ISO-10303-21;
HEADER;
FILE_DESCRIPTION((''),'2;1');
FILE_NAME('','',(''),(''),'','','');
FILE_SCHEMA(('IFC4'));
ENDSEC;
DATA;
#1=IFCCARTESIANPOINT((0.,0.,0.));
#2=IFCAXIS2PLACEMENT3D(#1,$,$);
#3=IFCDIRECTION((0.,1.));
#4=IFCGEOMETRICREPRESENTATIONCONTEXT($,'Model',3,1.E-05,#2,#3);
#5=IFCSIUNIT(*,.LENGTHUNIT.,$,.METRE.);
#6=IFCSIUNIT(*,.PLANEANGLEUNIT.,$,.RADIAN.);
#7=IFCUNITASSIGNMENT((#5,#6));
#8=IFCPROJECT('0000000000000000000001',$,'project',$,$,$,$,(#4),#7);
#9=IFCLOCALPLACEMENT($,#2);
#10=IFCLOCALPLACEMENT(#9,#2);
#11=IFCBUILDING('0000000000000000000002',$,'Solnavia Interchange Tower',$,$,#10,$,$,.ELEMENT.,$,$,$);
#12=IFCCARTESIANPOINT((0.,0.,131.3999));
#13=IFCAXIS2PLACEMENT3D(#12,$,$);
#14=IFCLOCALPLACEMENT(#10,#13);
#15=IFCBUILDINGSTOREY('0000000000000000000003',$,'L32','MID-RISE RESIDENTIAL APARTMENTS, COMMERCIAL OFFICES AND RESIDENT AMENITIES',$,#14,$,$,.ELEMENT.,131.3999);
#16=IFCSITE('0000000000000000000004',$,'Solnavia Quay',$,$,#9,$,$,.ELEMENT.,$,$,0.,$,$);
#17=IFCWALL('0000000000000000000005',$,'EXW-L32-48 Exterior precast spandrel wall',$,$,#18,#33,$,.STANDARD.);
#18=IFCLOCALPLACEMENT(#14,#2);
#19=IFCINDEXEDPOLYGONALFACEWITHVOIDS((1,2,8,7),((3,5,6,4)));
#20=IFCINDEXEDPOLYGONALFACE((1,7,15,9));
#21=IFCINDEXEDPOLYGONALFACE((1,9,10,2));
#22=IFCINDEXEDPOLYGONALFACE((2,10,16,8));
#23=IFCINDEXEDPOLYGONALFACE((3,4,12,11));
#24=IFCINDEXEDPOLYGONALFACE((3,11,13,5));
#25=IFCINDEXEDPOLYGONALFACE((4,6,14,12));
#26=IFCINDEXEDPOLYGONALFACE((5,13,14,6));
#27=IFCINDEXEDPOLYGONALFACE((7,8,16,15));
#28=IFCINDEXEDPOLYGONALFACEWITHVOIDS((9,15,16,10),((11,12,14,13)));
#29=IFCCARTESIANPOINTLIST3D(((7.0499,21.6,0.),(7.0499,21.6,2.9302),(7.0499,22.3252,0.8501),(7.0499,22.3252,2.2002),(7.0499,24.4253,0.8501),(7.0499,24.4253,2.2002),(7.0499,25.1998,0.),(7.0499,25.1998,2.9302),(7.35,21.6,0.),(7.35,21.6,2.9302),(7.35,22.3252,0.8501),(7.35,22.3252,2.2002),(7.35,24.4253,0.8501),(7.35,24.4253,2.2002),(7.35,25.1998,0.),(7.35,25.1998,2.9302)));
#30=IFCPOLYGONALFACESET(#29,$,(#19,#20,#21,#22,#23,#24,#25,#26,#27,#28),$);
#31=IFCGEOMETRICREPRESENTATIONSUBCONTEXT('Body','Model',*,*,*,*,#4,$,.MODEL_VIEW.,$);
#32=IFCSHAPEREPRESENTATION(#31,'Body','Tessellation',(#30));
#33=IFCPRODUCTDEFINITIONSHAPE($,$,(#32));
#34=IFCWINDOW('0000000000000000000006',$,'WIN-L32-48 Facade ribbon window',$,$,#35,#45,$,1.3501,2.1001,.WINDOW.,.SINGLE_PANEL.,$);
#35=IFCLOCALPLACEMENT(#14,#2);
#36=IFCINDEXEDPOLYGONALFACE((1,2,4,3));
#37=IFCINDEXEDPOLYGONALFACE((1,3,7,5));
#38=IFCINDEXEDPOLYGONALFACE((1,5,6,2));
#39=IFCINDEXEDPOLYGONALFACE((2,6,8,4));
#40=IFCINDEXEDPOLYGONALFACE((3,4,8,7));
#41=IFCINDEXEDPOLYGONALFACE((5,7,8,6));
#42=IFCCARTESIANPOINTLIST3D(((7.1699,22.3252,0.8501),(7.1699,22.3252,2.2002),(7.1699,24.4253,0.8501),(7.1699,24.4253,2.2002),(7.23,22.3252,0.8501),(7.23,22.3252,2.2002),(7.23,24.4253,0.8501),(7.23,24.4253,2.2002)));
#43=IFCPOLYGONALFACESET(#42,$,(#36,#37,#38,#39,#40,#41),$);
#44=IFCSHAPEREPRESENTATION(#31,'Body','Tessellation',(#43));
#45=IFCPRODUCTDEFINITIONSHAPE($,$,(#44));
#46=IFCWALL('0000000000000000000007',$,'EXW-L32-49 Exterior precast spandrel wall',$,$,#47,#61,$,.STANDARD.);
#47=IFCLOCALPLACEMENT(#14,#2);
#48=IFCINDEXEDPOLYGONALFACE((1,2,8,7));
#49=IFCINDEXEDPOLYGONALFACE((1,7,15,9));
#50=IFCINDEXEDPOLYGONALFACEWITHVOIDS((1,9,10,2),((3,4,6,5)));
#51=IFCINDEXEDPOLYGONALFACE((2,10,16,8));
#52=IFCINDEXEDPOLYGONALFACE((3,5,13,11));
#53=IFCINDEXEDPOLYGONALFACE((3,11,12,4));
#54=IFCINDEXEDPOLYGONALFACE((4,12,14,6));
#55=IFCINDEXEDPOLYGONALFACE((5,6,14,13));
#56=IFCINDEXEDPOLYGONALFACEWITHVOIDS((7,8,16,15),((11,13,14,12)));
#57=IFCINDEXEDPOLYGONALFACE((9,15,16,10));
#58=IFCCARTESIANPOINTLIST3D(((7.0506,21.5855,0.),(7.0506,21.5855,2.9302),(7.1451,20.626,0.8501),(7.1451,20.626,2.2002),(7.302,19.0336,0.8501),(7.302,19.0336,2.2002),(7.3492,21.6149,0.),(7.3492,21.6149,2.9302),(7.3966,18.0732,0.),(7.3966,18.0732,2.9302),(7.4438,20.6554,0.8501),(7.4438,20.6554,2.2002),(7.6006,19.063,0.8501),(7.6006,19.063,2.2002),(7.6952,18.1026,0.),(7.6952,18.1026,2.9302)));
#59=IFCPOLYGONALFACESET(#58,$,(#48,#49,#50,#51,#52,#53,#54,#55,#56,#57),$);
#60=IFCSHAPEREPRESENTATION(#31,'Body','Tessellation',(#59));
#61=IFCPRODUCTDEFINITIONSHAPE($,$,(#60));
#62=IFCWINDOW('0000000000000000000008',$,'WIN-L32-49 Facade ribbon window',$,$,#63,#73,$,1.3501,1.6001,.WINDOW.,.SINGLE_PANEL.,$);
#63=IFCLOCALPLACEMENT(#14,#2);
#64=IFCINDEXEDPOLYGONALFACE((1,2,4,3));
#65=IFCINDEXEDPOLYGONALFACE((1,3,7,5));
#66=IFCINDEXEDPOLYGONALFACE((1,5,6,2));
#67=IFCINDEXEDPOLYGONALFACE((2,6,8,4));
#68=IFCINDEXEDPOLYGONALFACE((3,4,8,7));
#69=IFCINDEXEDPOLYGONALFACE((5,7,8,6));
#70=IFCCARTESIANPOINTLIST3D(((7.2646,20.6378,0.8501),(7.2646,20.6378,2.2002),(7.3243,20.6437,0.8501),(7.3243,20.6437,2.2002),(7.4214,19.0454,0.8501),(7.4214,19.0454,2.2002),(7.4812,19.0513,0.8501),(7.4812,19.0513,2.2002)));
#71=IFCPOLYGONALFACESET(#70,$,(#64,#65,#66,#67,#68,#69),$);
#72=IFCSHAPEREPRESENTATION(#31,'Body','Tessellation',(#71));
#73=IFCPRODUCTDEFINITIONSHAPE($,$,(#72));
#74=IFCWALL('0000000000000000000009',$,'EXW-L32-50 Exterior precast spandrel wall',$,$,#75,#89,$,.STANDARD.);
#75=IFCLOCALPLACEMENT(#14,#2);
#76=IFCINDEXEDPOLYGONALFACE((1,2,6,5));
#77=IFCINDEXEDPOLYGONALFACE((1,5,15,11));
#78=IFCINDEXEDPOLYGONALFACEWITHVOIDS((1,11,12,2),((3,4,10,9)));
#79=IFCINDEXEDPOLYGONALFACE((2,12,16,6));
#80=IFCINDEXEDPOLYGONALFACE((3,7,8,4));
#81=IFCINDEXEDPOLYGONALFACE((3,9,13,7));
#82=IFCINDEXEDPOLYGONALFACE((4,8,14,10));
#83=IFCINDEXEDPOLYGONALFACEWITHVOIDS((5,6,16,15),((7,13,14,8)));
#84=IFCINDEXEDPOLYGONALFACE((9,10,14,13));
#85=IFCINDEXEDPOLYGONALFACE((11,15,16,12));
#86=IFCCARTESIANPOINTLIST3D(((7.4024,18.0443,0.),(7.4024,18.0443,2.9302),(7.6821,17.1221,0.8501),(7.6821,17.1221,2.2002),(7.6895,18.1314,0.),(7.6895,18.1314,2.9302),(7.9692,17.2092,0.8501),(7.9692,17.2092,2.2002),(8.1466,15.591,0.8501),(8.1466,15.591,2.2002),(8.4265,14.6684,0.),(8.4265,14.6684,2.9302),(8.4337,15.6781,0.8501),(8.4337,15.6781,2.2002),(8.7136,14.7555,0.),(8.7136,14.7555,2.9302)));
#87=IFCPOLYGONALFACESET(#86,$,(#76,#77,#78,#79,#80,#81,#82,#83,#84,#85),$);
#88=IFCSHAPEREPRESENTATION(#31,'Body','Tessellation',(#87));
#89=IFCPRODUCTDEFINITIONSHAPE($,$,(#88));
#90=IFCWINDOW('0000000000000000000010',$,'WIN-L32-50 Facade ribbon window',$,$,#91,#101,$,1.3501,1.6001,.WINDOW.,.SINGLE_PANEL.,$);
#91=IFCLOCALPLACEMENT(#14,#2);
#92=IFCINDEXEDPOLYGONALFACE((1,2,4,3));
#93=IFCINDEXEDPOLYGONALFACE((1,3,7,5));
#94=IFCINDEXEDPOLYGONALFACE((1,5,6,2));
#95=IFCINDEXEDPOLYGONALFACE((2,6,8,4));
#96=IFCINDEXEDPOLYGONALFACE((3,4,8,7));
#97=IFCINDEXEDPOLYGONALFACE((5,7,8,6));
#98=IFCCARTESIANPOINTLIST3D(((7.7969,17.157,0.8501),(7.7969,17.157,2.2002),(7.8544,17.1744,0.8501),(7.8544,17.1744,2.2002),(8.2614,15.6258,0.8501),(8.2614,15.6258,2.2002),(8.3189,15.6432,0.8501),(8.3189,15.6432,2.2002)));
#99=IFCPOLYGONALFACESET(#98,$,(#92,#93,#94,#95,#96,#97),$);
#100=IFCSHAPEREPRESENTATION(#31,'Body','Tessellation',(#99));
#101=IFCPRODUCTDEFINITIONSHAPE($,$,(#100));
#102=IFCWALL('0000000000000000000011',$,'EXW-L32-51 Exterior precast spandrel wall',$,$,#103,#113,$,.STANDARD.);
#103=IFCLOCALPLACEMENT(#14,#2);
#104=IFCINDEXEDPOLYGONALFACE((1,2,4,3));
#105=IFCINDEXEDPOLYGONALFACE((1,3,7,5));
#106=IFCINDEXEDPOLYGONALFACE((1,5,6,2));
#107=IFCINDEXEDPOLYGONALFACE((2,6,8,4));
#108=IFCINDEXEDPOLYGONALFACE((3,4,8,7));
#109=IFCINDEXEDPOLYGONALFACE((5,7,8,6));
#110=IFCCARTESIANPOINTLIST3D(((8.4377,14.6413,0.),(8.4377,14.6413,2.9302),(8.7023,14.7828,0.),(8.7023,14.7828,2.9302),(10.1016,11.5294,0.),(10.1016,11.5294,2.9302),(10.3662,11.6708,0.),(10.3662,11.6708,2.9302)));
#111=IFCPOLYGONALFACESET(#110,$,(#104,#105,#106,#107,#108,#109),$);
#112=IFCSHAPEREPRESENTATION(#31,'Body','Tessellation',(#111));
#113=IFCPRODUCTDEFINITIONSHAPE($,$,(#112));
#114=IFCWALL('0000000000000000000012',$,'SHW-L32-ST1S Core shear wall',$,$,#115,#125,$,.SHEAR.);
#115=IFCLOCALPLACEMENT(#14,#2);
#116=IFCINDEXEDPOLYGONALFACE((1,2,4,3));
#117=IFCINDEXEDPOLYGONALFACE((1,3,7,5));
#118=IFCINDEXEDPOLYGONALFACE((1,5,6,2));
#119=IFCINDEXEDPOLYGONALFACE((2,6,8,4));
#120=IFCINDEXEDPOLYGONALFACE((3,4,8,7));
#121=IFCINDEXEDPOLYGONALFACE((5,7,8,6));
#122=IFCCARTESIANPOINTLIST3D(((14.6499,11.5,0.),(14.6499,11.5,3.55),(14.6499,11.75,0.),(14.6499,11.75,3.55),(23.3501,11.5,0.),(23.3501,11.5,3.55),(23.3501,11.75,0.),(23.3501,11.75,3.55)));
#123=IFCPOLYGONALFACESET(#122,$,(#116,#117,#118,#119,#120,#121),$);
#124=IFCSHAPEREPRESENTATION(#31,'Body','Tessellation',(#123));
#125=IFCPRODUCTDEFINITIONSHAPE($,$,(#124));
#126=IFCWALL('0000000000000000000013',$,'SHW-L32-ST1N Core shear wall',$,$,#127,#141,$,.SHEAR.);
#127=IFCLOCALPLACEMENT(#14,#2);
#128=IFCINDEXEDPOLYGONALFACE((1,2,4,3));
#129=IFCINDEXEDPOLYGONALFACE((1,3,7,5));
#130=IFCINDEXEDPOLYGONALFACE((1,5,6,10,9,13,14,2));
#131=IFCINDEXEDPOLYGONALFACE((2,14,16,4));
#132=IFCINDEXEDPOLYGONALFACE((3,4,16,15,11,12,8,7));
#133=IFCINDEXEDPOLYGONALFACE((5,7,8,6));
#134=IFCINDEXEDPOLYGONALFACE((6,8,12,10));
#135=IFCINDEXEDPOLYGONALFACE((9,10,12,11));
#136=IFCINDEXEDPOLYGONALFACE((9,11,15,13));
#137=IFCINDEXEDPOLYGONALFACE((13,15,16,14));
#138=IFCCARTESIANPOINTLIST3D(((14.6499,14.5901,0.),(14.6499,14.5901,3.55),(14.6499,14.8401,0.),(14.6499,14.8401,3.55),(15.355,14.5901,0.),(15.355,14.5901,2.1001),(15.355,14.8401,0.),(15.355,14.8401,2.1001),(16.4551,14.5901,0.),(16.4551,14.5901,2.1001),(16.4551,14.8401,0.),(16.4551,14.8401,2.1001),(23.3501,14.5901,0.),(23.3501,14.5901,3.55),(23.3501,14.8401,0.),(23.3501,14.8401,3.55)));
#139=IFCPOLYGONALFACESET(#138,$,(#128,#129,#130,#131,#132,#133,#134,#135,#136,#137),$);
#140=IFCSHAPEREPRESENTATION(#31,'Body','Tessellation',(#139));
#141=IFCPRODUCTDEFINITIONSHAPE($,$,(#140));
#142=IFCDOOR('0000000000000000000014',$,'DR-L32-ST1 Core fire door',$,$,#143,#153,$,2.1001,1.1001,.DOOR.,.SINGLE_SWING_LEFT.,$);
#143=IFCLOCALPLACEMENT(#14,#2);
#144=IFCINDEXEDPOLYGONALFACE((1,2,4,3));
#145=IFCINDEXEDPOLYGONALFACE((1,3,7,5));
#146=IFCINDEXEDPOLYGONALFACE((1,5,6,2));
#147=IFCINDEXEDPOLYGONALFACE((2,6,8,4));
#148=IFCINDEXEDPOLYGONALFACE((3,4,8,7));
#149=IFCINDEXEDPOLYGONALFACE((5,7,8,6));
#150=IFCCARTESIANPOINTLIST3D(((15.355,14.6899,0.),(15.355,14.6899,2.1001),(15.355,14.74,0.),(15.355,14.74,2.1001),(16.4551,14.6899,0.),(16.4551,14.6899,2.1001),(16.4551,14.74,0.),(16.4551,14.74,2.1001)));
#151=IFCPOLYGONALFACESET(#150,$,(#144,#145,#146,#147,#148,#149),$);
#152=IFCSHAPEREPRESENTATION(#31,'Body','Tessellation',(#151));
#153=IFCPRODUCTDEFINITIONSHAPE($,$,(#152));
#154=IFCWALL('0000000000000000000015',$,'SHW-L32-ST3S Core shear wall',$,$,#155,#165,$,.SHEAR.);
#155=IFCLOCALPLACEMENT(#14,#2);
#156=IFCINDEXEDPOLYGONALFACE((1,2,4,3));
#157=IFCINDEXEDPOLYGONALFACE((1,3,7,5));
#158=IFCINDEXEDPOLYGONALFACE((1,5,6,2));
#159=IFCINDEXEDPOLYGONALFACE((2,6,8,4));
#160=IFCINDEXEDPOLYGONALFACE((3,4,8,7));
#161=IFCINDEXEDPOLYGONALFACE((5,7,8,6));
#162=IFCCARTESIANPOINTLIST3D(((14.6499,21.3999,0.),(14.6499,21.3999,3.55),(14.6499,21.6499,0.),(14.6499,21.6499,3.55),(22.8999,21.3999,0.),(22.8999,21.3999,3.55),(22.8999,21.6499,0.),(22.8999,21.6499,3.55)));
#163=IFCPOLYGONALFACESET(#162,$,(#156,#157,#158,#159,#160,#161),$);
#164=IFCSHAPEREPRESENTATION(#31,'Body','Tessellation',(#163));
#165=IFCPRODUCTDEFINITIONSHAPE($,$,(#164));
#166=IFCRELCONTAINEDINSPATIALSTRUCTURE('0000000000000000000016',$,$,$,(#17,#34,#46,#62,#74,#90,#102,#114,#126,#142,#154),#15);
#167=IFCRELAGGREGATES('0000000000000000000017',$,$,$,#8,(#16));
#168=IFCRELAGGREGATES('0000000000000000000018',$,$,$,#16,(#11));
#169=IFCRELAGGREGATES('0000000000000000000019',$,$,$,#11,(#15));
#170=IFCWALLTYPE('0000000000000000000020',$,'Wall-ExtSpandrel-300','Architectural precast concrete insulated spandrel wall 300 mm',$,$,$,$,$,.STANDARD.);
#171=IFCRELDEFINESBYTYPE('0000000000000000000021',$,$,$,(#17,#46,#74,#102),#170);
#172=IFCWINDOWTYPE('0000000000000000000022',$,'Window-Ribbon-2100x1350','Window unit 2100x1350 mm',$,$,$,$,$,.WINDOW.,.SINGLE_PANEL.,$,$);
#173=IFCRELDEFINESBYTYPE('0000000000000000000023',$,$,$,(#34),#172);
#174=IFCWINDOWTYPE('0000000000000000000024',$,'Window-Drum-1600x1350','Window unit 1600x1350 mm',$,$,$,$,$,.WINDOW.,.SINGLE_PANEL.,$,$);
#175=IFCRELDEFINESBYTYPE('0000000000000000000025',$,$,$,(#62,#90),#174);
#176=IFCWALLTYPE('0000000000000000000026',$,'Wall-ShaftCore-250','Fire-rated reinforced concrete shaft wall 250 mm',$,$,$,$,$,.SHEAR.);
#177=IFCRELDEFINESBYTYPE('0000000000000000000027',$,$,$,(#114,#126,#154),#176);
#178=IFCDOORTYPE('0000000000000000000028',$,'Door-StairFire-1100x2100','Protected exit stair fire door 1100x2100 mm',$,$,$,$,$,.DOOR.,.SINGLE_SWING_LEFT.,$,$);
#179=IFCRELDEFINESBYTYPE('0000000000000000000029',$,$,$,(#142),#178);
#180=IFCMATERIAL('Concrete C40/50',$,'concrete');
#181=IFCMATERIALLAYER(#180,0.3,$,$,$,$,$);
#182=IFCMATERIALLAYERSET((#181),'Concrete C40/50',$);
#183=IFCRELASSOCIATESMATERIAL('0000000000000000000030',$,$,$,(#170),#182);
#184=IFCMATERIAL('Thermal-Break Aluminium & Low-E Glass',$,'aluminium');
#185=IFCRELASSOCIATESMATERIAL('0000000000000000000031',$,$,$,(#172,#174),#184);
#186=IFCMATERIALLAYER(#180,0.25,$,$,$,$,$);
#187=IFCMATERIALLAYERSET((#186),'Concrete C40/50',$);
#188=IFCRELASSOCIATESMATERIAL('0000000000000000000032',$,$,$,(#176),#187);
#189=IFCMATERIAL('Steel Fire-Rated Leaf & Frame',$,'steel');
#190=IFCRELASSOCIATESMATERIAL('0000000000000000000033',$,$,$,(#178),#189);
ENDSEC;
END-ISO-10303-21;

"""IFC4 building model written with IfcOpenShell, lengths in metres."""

from ifc_helpers import new_model, si_unit, direction, frame, frame_2d, origin, place, context, subcontext, project, spatial, rectangle, extrude, material, layer, layer_set, type_object, element, fill, save


model = new_model("IFC4")

# Units and contexts
model_context = context("Model", 3, precision=1e-05, world=origin(), true_north=direction((0.0, 1.0)))
body_context = subcontext(model_context, "Body", "Model", "MODEL_VIEW")
ifc_project = project(units=[si_unit("LENGTHUNIT", "METRE"), si_unit("PLANEANGLEUNIT", "RADIAN")], contexts=[model_context])

# Site, building, storey
site_placement = place(None, origin())
site = spatial("IfcSite", under=ifc_project, at=site_placement, Name="Solnavia Quay", CompositionType="ELEMENT", RefElevation=0.0)
building_placement = place(site_placement, origin())
building = spatial("IfcBuilding", under=site, at=building_placement, Name="Solnavia Interchange Tower", CompositionType="ELEMENT")
storey_placement = place(building_placement, frame((0.0, 0.0, 131.3999)))
storey = spatial("IfcBuildingStorey", under=building, at=storey_placement, Name="L32", Description="MID-RISE RESIDENTIAL APARTMENTS, COMMERCIAL OFFICES AND RESIDENT AMENITIES", CompositionType="ELEMENT", Elevation=131.3999)

# Walls, openings, windows
ifc_material_1 = material(Name="Concrete C40/50", Category="concrete")
ifc_layer_1 = layer(ifc_material_1, 0.3)
ifc_layer_set_1 = layer_set([ifc_layer_1], Name="Concrete C40/50")
wall_type_1 = type_object("IfcWallType", Name="Wall-ExtSpandrel-300", Description="Architectural precast concrete insulated spandrel wall 300 mm", PredefinedType="STANDARD", material=ifc_layer_set_1)
wall_1_placement = place(storey_placement, frame((7.2, 21.6001, 0.0), z_axis=(0.0, 0.0, 1.0), x_axis=(0.0, 1.0, 0.0)))
wall_1 = element("IfcWall", 1, at=wall_1_placement, inside=storey, type_object=wall_type_1, Name="EXW-L32-48 Exterior precast spandrel wall", PredefinedType="STANDARD", context=body_context, shape_type="SweptSolid", body=[
    extrude(rectangle(XDim=3.5999, YDim=0.3, at=frame_2d((1.7998, 0.0))), origin(), (0.0, 0.0, 1.0), 2.9302),
])
opening_1_placement = place(wall_1_placement, frame((0.7251, 0.0, 0.8501)))
opening_1 = element("IfcOpeningElement", 2, at=opening_1_placement, cuts=wall_1, PredefinedType="OPENING", context=body_context, shape_type="SweptSolid", body=[
    extrude(rectangle(XDim=2.1001, YDim=1.3501, at=frame_2d((1.05, 0.675))), frame((0.0, 0.1602, 0.0), z_axis=(0.0, -1.0, 0.0), x_axis=(1.0, 0.0, 0.0)), (0.0, 0.0, 1.0), 0.3201),
])
ifc_material_2 = material(Name="Thermal-Break Aluminium & Low-E Glass", Category="aluminium")
window_type_1 = type_object("IfcWindowType", Name="Window-Ribbon-2100x1350", Description="Window unit 2100x1350 mm", PartitioningType="SINGLE_PANEL", PredefinedType="WINDOW", material=ifc_material_2)
window_1_placement = place(opening_1_placement, origin())
window_1 = element("IfcWindow", 3, at=window_1_placement, inside=storey, type_object=window_type_1, Name="WIN-L32-48 Facade ribbon window", OverallHeight=1.3501, OverallWidth=2.1001, PartitioningType="SINGLE_PANEL", PredefinedType="WINDOW", context=body_context, shape_type="SweptSolid", body=[
    extrude(rectangle(XDim=2.1001, YDim=1.3501, at=frame_2d((1.05, 0.675))), frame((0.0, 0.03, 0.0), z_axis=(0.0, -1.0, 0.0), x_axis=(1.0, 0.0, 0.0)), (0.0, 0.0, 1.0), 0.0601),
])
fill(opening_1, window_1)
wall_2_placement = place(storey_placement, frame((7.5459, 18.0879, 0.0), z_axis=(0.0, 0.0, 1.0), x_axis=(-0.098024, 0.995184, 0.0)))
wall_2 = element("IfcWall", 4, at=wall_2_placement, inside=storey, type_object=wall_type_1, Name="EXW-L32-49 Exterior precast spandrel wall", PredefinedType="STANDARD", context=body_context, shape_type="SweptSolid", body=[
    extrude(rectangle(XDim=3.5293, YDim=0.3, at=frame_2d((1.7646, 0.0))), origin(), (0.0, 0.0, 1.0), 2.9302),
])
opening_2_placement = place(wall_2_placement, frame((0.9651, 0.0, 0.8501)))
opening_2 = element("IfcOpeningElement", 5, at=opening_2_placement, cuts=wall_2, PredefinedType="OPENING", context=body_context, shape_type="SweptSolid", body=[
    extrude(rectangle(XDim=1.6001, YDim=1.3501, at=frame_2d((0.8, 0.675))), frame((0.0, 0.1602, 0.0), z_axis=(0.0, -1.0, 0.0), x_axis=(1.0, 0.0, 0.0)), (0.0, 0.0, 1.0), 0.3201),
])
window_type_2 = type_object("IfcWindowType", Name="Window-Drum-1600x1350", Description="Window unit 1600x1350 mm", PartitioningType="SINGLE_PANEL", PredefinedType="WINDOW", material=ifc_material_2)
window_2_placement = place(opening_2_placement, origin())
window_2 = element("IfcWindow", 6, at=window_2_placement, inside=storey, type_object=window_type_2, Name="WIN-L32-49 Facade ribbon window", OverallHeight=1.3501, OverallWidth=1.6001, PartitioningType="SINGLE_PANEL", PredefinedType="WINDOW", context=body_context, shape_type="SweptSolid", body=[
    extrude(rectangle(XDim=1.6001, YDim=1.3501, at=frame_2d((0.8, 0.675))), frame((0.0, 0.03, 0.0), z_axis=(0.0, -1.0, 0.0), x_axis=(1.0, 0.0, 0.0)), (0.0, 0.0, 1.0), 0.0601),
])
fill(opening_2, window_2)
wall_3_placement = place(storey_placement, frame((8.5701, 14.7119, 0.0), z_axis=(0.0, 0.0, 1.0), x_axis=(-0.290305, 0.956934, 0.0)))
wall_3 = element("IfcWall", 7, at=wall_3_placement, inside=storey, type_object=wall_type_1, Name="EXW-L32-50 Exterior precast spandrel wall", PredefinedType="STANDARD", context=body_context, shape_type="SweptSolid", body=[
    extrude(rectangle(XDim=3.5278, YDim=0.3, at=frame_2d((1.7639, 0.0))), origin(), (0.0, 0.0, 1.0), 2.9302),
])
opening_3_placement = place(wall_3_placement, frame((0.9641, 0.0, 0.8501)))
opening_3 = element("IfcOpeningElement", 8, at=opening_3_placement, cuts=wall_3, PredefinedType="OPENING", context=body_context, shape_type="SweptSolid", body=[
    extrude(rectangle(XDim=1.6001, YDim=1.3501, at=frame_2d((0.8, 0.675))), frame((0.0, 0.1602, 0.0), z_axis=(0.0, -1.0, 0.0), x_axis=(1.0, 0.0, 0.0)), (0.0, 0.0, 1.0), 0.3201),
])
window_3_placement = place(opening_3_placement, origin())
window_3 = element("IfcWindow", 9, at=window_3_placement, inside=storey, type_object=window_type_2, Name="WIN-L32-50 Facade ribbon window", OverallHeight=1.3501, OverallWidth=1.6001, PartitioningType="SINGLE_PANEL", PredefinedType="WINDOW", context=body_context, shape_type="SweptSolid", body=[
    extrude(rectangle(XDim=1.6001, YDim=1.3501, at=frame_2d((0.8, 0.675))), frame((0.0, 0.03, 0.0), z_axis=(0.0, -1.0, 0.0), x_axis=(1.0, 0.0, 0.0)), (0.0, 0.0, 1.0), 0.0601),
])
fill(opening_3, window_3)

# Walls
wall_4_placement = place(storey_placement, frame((10.2339, 11.6001, 0.0), z_axis=(0.0, 0.0, 1.0), x_axis=(-0.471511, 0.88186, 0.0)))
element("IfcWall", 10, at=wall_4_placement, inside=storey, type_object=wall_type_1, Name="EXW-L32-51 Exterior precast spandrel wall", PredefinedType="STANDARD", context=body_context, shape_type="SweptSolid", body=[
    extrude(rectangle(XDim=3.5288, YDim=0.3, at=frame_2d((1.7644, 0.0))), origin(), (0.0, 0.0, 1.0), 2.9302),
])
ifc_layer_2 = layer(ifc_material_1, 0.25)
ifc_layer_set_2 = layer_set([ifc_layer_2], Name="Concrete C40/50")
wall_type_2 = type_object("IfcWallType", Name="Wall-ShaftCore-250", Description="Fire-rated reinforced concrete shaft wall 250 mm", PredefinedType="SHEAR", material=ifc_layer_set_2)
wall_5_placement = place(storey_placement, frame((14.6499, 11.625, 0.0), z_axis=(0.0, 0.0, 1.0), x_axis=(1.0, 0.0, 0.0)))
element("IfcWall", 11, at=wall_5_placement, inside=storey, type_object=wall_type_2, Name="SHW-L32-ST1S Core shear wall", PredefinedType="SHEAR", context=body_context, shape_type="SweptSolid", body=[
    extrude(rectangle(XDim=8.7002, YDim=0.25, at=frame_2d((4.3501, 0.0))), origin(), (0.0, 0.0, 1.0), 3.55),
])

# Wall, opening, door
wall_6_placement = place(storey_placement, frame((14.6499, 14.7151, 0.0), z_axis=(0.0, 0.0, 1.0), x_axis=(1.0, 0.0, 0.0)))
wall_6 = element("IfcWall", 12, at=wall_6_placement, inside=storey, type_object=wall_type_2, Name="SHW-L32-ST1N Core shear wall", PredefinedType="SHEAR", context=body_context, shape_type="SweptSolid", body=[
    extrude(rectangle(XDim=8.7002, YDim=0.25, at=frame_2d((4.3501, 0.0))), origin(), (0.0, 0.0, 1.0), 3.55),
])
opening_4_placement = place(wall_6_placement, frame((0.7051, 0.0, 0.0)))
opening_4 = element("IfcOpeningElement", 13, at=opening_4_placement, cuts=wall_6, PredefinedType="OPENING", context=body_context, shape_type="SweptSolid", body=[
    extrude(rectangle(XDim=1.1001, YDim=2.1001, at=frame_2d((0.55, 1.05))), frame((0.0, 0.135, 0.0), z_axis=(0.0, -1.0, 0.0), x_axis=(1.0, 0.0, 0.0)), (0.0, 0.0, 1.0), 0.27),
])
ifc_material_3 = material(Name="Steel Fire-Rated Leaf & Frame", Category="steel")
door_type_1 = type_object("IfcDoorType", Name="Door-StairFire-1100x2100", Description="Protected exit stair fire door 1100x2100 mm", OperationType="SINGLE_SWING_LEFT", PredefinedType="DOOR", material=ifc_material_3)
door_1_placement = place(opening_4_placement, origin())
door_1 = element("IfcDoor", 14, at=door_1_placement, inside=storey, type_object=door_type_1, Name="DR-L32-ST1 Core fire door", OperationType="SINGLE_SWING_LEFT", OverallHeight=2.1001, OverallWidth=1.1001, PredefinedType="DOOR", context=body_context, shape_type="SweptSolid", body=[
    extrude(rectangle(XDim=1.1001, YDim=2.1001, at=frame_2d((0.55, 1.05))), frame((0.0, 0.0249, 0.0), z_axis=(0.0, -1.0, 0.0), x_axis=(1.0, 0.0, 0.0)), (0.0, 0.0, 1.0), 0.05),
])
fill(opening_4, door_1)

# Wall
wall_7_placement = place(storey_placement, frame((14.6499, 21.5249, 0.0), z_axis=(0.0, 0.0, 1.0), x_axis=(1.0, 0.0, 0.0)))
element("IfcWall", 15, at=wall_7_placement, inside=storey, type_object=wall_type_2, Name="SHW-L32-ST3S Core shear wall", PredefinedType="SHEAR", context=body_context, shape_type="SweptSolid", body=[
    extrude(rectangle(XDim=8.25, YDim=0.25, at=frame_2d((4.125, 0.0))), origin(), (0.0, 0.0, 1.0), 3.55),
])

save(model, "model.ifc")
